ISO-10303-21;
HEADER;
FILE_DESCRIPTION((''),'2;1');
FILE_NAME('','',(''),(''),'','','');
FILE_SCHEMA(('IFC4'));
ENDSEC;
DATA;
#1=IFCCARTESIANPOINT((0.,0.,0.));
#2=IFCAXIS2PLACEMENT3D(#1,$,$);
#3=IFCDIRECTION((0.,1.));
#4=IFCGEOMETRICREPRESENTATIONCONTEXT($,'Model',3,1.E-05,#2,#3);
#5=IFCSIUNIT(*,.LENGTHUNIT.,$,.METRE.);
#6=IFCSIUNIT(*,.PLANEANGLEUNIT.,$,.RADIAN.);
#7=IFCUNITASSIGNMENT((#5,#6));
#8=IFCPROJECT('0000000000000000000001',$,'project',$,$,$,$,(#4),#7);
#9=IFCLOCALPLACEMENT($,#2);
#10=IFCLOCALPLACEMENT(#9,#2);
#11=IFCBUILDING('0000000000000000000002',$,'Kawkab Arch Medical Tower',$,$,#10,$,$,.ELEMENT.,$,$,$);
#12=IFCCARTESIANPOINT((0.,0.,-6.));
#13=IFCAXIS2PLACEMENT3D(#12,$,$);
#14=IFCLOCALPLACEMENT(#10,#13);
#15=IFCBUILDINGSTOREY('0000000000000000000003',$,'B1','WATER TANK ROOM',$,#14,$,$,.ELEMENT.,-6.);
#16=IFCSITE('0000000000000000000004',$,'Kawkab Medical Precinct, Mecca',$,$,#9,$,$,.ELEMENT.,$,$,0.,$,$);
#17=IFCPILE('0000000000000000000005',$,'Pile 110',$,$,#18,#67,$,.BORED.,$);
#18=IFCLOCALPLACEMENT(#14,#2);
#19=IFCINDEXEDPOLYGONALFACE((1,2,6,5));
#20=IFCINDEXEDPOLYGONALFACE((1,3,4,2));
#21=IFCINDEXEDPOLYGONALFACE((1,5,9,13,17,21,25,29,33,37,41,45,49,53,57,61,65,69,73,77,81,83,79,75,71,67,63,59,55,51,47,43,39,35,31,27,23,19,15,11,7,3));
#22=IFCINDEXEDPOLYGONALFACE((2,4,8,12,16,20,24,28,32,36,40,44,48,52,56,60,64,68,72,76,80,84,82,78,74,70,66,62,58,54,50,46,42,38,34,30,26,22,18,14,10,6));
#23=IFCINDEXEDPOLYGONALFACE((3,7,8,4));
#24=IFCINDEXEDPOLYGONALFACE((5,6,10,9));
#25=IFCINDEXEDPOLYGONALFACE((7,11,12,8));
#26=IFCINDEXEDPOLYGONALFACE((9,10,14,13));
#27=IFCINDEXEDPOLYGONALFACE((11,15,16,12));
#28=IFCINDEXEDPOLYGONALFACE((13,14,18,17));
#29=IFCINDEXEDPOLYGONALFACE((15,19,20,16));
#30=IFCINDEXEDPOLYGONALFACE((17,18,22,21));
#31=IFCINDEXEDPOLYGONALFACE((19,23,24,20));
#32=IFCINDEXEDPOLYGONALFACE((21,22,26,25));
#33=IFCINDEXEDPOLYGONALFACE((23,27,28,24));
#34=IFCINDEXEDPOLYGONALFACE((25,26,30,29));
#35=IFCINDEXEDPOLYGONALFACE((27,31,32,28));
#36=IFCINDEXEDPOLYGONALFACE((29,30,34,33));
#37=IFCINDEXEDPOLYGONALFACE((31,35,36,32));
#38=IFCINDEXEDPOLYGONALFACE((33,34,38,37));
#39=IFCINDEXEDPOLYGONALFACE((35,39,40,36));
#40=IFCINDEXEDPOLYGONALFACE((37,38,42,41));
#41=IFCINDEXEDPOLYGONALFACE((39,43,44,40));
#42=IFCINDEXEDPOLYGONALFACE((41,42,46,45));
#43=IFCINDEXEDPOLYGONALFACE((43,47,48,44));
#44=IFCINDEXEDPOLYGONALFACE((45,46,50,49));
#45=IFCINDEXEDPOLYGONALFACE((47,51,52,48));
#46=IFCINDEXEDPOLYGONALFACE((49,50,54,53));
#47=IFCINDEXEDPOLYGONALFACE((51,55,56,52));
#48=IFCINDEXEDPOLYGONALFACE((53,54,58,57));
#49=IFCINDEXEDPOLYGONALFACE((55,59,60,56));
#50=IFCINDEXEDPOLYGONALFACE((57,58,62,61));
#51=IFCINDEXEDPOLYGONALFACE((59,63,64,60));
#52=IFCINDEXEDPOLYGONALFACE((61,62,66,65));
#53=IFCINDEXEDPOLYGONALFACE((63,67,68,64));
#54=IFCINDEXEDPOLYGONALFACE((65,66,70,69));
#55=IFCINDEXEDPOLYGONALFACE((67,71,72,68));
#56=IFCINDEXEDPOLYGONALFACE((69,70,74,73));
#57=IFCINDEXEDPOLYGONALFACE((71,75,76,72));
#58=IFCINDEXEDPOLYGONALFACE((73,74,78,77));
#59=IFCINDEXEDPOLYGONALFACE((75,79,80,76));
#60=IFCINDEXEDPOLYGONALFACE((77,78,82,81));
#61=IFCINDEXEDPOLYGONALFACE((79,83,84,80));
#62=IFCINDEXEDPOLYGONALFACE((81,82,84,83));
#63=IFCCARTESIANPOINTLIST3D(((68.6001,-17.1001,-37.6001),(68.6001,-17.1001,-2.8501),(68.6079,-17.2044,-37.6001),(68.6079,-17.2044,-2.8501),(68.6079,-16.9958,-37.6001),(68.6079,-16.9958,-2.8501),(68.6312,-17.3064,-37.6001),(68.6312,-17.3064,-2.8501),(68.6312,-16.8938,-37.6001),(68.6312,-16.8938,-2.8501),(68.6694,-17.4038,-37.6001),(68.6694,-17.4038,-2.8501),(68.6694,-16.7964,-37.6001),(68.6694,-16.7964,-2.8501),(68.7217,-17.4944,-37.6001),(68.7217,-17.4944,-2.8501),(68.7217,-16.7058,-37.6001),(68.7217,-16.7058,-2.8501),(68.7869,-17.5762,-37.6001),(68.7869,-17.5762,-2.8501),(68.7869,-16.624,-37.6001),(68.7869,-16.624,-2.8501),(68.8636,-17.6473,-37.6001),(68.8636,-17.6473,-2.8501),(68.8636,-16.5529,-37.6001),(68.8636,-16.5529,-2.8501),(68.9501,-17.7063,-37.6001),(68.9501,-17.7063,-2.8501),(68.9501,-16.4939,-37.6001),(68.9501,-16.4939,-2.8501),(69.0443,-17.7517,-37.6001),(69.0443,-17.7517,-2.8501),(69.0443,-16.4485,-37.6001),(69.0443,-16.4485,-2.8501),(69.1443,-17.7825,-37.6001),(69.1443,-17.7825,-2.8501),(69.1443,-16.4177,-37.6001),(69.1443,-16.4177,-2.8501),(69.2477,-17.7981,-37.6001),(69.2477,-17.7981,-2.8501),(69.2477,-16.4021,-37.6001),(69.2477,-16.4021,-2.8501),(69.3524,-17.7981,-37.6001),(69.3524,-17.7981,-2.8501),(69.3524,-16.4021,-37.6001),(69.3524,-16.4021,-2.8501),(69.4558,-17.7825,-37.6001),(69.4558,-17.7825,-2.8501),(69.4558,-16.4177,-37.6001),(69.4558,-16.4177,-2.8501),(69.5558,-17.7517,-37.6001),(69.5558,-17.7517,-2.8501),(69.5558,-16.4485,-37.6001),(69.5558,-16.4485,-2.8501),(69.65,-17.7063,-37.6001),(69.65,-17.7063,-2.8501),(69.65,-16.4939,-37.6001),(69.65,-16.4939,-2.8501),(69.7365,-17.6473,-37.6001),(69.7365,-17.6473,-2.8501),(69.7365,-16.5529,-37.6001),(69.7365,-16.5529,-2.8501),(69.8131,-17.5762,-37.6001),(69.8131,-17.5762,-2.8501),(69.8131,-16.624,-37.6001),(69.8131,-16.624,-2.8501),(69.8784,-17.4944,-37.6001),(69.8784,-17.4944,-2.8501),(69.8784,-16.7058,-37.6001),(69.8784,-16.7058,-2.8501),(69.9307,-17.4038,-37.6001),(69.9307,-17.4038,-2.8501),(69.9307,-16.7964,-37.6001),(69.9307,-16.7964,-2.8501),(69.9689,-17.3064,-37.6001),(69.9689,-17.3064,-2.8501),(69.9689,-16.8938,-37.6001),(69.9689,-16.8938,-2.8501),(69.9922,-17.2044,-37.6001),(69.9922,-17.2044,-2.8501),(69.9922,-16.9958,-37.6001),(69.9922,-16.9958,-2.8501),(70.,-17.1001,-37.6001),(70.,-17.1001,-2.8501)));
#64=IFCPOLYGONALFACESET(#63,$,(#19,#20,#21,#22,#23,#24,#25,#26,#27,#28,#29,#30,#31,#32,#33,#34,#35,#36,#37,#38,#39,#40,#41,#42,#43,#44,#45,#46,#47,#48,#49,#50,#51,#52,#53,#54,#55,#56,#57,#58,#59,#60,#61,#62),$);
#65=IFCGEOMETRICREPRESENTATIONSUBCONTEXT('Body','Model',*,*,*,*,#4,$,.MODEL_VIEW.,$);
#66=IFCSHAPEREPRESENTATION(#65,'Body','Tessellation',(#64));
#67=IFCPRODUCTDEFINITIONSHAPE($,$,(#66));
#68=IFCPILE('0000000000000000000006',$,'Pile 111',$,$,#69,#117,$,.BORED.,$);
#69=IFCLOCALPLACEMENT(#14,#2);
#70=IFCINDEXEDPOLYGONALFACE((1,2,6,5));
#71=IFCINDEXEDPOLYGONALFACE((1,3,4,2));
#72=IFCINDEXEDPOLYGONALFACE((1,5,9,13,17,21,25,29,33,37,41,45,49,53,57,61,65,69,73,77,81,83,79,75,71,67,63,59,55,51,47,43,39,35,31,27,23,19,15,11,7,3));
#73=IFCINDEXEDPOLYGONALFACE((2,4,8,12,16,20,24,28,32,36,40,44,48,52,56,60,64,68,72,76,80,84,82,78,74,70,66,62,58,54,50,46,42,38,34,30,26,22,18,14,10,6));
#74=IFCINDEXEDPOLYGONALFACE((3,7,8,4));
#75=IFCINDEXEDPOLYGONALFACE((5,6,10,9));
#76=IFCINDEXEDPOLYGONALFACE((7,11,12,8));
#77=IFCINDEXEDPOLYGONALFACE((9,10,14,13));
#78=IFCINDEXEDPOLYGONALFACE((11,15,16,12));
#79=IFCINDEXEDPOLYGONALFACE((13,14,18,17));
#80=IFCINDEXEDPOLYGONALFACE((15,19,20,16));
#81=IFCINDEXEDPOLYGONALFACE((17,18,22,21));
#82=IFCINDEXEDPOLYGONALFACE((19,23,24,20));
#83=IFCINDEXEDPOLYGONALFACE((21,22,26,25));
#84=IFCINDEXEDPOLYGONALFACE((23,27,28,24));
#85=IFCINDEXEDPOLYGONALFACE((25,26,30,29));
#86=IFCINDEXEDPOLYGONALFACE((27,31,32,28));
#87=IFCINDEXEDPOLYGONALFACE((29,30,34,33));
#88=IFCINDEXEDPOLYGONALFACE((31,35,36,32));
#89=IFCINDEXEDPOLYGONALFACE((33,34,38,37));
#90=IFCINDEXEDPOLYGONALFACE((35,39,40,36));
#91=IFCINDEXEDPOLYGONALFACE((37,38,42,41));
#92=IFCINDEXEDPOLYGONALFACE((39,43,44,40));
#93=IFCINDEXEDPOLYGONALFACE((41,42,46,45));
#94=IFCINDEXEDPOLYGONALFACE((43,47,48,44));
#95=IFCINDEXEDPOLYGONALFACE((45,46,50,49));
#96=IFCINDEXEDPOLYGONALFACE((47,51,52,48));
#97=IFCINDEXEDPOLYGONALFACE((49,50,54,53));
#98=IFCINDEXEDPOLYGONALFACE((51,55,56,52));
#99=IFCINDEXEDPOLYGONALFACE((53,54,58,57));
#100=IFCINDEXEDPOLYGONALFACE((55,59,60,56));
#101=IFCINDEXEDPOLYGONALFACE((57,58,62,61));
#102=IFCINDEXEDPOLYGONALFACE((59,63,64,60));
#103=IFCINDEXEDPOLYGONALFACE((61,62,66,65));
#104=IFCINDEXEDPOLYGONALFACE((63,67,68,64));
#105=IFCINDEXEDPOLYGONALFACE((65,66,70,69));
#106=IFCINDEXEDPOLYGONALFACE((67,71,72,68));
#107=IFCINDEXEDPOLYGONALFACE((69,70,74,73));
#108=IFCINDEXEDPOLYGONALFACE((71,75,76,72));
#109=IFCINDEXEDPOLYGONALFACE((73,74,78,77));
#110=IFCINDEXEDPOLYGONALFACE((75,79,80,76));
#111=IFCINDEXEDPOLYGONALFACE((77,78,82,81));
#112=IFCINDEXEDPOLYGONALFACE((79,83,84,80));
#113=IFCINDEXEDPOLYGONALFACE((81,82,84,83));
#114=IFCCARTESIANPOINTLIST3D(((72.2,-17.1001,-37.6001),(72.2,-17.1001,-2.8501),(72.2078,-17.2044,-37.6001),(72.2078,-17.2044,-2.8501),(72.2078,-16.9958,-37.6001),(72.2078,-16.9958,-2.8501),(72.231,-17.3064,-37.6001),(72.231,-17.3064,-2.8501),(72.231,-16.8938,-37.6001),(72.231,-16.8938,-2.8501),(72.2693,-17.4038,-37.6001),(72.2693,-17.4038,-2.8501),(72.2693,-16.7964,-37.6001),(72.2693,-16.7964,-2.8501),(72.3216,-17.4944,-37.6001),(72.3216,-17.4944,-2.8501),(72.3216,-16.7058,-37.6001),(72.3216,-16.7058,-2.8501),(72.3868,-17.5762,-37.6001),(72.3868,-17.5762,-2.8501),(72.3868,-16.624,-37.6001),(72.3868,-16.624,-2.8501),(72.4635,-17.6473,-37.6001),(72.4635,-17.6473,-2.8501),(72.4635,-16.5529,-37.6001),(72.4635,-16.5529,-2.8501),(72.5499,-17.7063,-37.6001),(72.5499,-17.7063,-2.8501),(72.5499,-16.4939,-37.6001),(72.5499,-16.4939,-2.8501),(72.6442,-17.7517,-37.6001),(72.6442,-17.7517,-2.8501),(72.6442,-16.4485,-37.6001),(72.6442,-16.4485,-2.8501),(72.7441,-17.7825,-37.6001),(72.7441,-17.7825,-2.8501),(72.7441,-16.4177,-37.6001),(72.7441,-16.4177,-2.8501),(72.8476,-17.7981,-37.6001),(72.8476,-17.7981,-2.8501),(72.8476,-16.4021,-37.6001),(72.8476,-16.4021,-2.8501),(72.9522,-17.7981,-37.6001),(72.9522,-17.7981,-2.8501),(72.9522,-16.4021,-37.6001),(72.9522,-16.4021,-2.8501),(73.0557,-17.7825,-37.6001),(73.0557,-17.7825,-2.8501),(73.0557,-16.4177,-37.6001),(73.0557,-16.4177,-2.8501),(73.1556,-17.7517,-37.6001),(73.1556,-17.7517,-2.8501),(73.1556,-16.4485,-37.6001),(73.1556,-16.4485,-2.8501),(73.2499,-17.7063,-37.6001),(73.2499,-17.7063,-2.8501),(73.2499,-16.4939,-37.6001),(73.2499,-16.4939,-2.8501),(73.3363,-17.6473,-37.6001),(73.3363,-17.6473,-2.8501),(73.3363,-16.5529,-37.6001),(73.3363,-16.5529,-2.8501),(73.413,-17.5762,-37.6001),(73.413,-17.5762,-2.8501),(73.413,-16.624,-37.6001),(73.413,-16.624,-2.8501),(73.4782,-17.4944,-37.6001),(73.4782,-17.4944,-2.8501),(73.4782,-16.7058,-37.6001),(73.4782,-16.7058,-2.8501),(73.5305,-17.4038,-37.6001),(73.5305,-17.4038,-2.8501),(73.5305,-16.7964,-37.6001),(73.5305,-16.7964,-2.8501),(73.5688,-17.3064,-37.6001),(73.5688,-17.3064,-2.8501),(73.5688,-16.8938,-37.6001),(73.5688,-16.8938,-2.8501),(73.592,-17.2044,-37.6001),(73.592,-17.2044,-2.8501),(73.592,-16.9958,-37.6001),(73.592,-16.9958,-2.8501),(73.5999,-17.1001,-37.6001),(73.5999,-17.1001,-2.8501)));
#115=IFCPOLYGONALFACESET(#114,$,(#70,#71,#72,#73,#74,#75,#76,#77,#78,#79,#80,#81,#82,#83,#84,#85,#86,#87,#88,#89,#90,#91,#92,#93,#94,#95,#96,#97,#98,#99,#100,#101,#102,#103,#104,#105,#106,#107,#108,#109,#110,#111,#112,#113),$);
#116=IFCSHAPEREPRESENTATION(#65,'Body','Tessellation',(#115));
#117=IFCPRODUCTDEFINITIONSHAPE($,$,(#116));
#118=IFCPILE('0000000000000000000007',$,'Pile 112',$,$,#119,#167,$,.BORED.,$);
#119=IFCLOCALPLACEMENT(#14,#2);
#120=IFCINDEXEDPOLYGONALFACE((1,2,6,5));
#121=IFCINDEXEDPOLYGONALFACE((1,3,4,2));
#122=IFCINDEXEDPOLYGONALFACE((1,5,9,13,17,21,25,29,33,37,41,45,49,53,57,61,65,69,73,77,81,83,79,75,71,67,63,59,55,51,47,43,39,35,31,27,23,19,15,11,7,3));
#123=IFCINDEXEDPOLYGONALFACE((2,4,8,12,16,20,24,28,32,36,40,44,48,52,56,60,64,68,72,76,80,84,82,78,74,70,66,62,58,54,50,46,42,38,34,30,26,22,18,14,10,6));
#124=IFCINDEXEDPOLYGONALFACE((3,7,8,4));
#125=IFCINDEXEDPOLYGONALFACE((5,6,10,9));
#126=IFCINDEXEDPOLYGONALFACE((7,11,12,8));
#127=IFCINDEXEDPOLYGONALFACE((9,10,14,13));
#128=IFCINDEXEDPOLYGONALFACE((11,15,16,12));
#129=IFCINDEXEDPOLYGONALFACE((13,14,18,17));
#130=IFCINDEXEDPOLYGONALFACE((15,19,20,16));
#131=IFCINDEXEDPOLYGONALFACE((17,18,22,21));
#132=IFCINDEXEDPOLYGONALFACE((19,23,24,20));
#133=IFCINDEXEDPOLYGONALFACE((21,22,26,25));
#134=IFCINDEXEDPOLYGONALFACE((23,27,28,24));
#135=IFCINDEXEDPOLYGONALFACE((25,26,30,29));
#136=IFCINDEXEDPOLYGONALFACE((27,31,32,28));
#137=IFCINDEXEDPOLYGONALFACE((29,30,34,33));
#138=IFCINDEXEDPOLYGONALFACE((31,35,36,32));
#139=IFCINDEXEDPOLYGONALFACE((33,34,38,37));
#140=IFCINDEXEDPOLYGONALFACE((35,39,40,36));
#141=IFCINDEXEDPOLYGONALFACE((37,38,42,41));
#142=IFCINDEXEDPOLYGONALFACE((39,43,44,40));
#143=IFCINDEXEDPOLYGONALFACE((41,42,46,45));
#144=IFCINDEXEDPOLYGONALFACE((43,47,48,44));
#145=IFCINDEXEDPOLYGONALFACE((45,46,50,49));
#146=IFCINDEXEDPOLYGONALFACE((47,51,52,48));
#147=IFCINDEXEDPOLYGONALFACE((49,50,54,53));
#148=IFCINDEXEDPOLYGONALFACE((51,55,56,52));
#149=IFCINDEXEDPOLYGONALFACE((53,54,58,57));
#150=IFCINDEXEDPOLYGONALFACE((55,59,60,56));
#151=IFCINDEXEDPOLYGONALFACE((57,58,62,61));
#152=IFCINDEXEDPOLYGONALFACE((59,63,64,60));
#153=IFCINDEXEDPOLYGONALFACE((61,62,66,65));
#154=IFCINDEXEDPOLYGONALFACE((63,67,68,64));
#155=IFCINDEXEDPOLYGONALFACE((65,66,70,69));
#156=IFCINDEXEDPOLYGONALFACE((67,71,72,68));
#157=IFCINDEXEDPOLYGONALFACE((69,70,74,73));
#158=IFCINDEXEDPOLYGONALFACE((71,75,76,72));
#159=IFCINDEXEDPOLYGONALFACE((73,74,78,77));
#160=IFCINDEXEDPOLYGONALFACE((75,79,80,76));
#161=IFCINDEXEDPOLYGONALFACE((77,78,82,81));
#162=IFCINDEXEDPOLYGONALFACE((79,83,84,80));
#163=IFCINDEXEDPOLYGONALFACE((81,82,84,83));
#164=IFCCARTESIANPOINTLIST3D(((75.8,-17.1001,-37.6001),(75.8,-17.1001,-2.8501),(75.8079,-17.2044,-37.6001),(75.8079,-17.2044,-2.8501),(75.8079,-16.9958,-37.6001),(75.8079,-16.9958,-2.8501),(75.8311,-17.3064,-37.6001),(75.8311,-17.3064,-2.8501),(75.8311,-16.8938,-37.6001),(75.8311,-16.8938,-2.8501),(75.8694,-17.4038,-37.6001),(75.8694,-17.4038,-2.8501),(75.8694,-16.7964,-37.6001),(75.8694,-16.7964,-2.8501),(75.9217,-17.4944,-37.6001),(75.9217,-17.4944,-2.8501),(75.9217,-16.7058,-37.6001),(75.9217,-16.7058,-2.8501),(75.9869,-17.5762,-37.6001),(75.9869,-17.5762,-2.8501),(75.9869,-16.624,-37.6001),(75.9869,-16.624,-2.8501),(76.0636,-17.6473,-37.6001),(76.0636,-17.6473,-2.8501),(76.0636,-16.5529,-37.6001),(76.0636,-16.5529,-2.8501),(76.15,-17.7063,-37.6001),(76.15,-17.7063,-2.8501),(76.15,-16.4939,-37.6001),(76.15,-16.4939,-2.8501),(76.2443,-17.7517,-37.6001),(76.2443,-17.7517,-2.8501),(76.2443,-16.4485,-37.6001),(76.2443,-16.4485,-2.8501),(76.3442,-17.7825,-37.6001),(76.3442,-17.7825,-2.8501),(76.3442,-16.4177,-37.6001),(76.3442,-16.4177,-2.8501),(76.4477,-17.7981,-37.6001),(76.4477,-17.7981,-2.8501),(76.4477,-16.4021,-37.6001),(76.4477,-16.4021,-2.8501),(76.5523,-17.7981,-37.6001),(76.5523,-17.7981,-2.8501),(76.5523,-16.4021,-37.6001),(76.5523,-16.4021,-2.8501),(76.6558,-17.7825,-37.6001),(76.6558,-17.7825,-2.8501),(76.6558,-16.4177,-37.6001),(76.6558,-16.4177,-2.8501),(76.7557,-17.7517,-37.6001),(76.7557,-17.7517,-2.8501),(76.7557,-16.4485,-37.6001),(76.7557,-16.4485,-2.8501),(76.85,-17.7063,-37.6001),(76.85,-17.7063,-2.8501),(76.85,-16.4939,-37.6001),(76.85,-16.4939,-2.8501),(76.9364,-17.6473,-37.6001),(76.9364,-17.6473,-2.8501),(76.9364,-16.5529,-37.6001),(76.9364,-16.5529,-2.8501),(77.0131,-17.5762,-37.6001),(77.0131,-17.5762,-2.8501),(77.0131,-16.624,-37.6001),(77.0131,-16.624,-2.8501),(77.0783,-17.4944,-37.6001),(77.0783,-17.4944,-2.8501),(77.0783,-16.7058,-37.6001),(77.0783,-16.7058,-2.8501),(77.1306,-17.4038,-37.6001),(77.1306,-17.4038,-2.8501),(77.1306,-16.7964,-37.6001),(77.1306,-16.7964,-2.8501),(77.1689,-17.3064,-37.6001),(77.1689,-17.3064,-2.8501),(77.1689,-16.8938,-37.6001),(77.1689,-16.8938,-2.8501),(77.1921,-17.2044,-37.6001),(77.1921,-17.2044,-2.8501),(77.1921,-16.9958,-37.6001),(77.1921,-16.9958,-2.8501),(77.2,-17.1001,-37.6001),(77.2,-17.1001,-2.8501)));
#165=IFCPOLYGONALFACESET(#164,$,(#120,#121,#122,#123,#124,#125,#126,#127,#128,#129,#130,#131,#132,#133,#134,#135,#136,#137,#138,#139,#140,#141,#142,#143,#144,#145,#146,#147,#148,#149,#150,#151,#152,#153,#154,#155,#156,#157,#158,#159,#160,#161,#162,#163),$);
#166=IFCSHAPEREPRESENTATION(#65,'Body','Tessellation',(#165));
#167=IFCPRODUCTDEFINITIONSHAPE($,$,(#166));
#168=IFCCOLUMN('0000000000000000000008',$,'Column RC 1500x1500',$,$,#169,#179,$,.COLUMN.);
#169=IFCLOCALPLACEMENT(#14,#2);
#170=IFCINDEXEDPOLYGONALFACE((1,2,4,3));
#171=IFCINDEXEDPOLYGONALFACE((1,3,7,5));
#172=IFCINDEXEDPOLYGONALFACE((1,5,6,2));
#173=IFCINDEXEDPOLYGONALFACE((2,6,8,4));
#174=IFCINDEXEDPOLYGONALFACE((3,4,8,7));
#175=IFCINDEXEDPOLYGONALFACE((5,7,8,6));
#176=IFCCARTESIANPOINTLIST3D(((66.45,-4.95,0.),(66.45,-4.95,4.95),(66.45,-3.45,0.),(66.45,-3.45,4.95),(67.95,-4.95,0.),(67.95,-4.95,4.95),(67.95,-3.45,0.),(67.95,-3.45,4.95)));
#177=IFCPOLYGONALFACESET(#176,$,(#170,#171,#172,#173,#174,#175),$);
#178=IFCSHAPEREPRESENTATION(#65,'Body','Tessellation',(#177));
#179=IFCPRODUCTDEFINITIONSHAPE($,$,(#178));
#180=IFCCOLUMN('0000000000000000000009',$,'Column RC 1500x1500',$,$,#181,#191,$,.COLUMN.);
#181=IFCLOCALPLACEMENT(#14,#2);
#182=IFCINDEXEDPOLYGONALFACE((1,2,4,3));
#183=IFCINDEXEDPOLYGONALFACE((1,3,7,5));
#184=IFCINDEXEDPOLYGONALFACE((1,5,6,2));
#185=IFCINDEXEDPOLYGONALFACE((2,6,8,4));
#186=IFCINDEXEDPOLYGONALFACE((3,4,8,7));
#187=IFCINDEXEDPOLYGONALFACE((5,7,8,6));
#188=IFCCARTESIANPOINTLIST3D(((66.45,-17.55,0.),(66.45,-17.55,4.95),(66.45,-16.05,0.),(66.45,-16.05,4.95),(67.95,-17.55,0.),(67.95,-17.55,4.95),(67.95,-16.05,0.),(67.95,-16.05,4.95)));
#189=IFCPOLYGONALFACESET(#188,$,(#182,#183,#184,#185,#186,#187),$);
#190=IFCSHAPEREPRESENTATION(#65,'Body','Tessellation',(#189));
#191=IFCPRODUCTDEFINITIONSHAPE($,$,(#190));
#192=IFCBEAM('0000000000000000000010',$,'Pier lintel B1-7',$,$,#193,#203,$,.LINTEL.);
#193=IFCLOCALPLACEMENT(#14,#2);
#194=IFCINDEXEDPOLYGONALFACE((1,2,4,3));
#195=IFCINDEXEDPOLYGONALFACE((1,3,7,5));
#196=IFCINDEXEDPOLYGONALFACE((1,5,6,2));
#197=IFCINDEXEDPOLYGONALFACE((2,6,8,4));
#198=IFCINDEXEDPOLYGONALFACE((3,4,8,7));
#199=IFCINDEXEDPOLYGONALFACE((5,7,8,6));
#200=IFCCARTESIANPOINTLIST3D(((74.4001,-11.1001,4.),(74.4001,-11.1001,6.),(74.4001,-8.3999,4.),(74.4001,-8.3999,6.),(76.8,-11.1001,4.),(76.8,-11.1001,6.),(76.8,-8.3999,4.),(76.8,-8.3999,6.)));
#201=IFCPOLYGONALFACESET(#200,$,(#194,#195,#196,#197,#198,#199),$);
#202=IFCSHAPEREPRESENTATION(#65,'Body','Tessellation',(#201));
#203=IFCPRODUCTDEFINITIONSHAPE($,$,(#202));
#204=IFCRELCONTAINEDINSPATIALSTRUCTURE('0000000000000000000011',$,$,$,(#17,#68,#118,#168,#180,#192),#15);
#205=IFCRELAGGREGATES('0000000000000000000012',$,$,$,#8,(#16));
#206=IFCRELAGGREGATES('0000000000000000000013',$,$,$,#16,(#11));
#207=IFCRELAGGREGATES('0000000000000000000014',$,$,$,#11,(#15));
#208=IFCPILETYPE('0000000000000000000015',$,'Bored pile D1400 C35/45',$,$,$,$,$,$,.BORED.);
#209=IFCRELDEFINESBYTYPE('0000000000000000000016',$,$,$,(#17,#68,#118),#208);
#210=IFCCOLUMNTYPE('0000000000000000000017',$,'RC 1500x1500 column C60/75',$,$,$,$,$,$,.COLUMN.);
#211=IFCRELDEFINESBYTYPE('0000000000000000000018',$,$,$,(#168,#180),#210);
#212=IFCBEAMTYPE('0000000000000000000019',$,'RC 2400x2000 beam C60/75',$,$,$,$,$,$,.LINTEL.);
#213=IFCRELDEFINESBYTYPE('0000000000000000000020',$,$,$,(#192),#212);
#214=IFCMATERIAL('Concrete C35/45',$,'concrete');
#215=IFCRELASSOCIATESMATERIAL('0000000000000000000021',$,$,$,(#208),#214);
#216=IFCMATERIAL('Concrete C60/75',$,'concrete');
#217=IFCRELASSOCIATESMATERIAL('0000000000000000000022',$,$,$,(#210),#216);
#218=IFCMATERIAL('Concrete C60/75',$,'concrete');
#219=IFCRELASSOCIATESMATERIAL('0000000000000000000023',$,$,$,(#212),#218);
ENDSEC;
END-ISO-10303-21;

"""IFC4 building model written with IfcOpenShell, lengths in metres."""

from ifc_helpers import new_model, si_unit, direction, frame, origin, origin_2d, place, context, subcontext, project, spatial, rectangle, circle, extrude, material, material_profile, profile_set, type_object, element, save


model = new_model("IFC4")

# Units and contexts
model_context = context("Model", 3, precision=1e-05, world=origin(), true_north=direction((0.0, 1.0)))
body_context = subcontext(model_context, "Body", "Model", "MODEL_VIEW")
ifc_project = project(units=[si_unit("LENGTHUNIT", "METRE"), si_unit("PLANEANGLEUNIT", "RADIAN")], contexts=[model_context])

# Site, building, storey
site_placement = place(None, origin())
site = spatial("IfcSite", under=ifc_project, at=site_placement, Name="Kawkab Medical Precinct, Mecca", CompositionType="ELEMENT", RefElevation=0.0)
building_placement = place(site_placement, origin())
building = spatial("IfcBuilding", under=site, at=building_placement, Name="Kawkab Arch Medical Tower", CompositionType="ELEMENT")
storey_placement = place(building_placement, frame((0.0, 0.0, -6.0)))
storey = spatial("IfcBuildingStorey", under=building, at=storey_placement, Name="B1", Description="WATER TANK ROOM", CompositionType="ELEMENT", Elevation=-6.0)

# Piles
ifc_material_1 = material(Name="Concrete C35/45", Category="concrete")
ifc_material_profile_1 = material_profile(ifc_material_1, circle(Radius=0.7, at=origin_2d()), Name="Bored pile D1400")
ifc_profile_set_1 = profile_set([ifc_material_profile_1], Name="Concrete C35/45")
pile_type = type_object("IfcPileType", Name="Bored pile D1400 C35/45", PredefinedType="BORED", material=ifc_profile_set_1)
for number, where, z_axis, x_axis, name in (
    (1, (69.3, -17.1001, -2.8501), (0.0, 0.0, -1.0), (1.0, 0.0, 0.0), "Pile 110"),
    (2, (72.8999, -17.1001, -2.8501), (0.0, 0.0, -1.0), (1.0, 0.0, 0.0), "Pile 111"),
    (3, (76.5, -17.1001, -2.8501), (0.0, 0.0, -1.0), (1.0, 0.0, 0.0), "Pile 112"),
):
    element("IfcPile", number, at=place(storey_placement, frame(where, z_axis=z_axis, x_axis=x_axis)), inside=storey, type_object=pile_type, Name=name, PredefinedType="BORED", context=body_context, shape_type="SweptSolid", body=[
        extrude(circle(Radius=0.7, at=origin_2d()), origin(), (0.0, 0.0, 1.0), 34.75),
    ])

# Columns
ifc_material_2 = material(Name="Concrete C60/75", Category="concrete")
ifc_material_profile_2 = material_profile(ifc_material_2, rectangle(XDim=1.5, YDim=1.5, at=origin_2d()), Name="RC 1500x1500")
ifc_profile_set_2 = profile_set([ifc_material_profile_2], Name="Concrete C60/75")
column_type = type_object("IfcColumnType", Name="RC 1500x1500 column C60/75", PredefinedType="COLUMN", material=ifc_profile_set_2)
for number, where, z_axis, x_axis, name in (
    (4, (67.2, -4.2, 0.0), (0.0, 0.0, 1.0), (1.0, 0.0, 0.0), "Column RC 1500x1500"),
    (5, (67.2, -16.8, 0.0), (0.0, 0.0, 1.0), (1.0, 0.0, 0.0), "Column RC 1500x1500"),
):
    element("IfcColumn", number, at=place(storey_placement, frame(where, z_axis=z_axis, x_axis=x_axis)), inside=storey, type_object=column_type, Name=name, PredefinedType="COLUMN", context=body_context, shape_type="SweptSolid", body=[
        extrude(rectangle(XDim=1.5, YDim=1.5, at=origin_2d()), origin(), (0.0, 0.0, 1.0), 4.95),
    ])

# Beam
ifc_material_3 = material(Name="Concrete C60/75", Category="concrete")
ifc_material_profile_3 = material_profile(ifc_material_3, rectangle(XDim=2.3999, YDim=2.0, at=origin_2d()), Name="RC 2400x2000")
ifc_profile_set_3 = profile_set([ifc_material_profile_3], Name="Concrete C60/75")
beam_type = type_object("IfcBeamType", Name="RC 2400x2000 beam C60/75", PredefinedType="LINTEL", material=ifc_profile_set_3)
beam_placement = place(storey_placement, frame((75.6001, -8.3999, 5.0), z_axis=(0.0, -1.0, 0.0), x_axis=(1.0, 0.0, 0.0)))
element("IfcBeam", 6, at=beam_placement, inside=storey, type_object=beam_type, Name="Pier lintel B1-7", PredefinedType="LINTEL", context=body_context, shape_type="SweptSolid", body=[
    extrude(rectangle(XDim=2.3999, YDim=2.0, at=origin_2d()), origin(), (0.0, 0.0, 1.0), 2.7002),
])

save(model, "model.ifc")
